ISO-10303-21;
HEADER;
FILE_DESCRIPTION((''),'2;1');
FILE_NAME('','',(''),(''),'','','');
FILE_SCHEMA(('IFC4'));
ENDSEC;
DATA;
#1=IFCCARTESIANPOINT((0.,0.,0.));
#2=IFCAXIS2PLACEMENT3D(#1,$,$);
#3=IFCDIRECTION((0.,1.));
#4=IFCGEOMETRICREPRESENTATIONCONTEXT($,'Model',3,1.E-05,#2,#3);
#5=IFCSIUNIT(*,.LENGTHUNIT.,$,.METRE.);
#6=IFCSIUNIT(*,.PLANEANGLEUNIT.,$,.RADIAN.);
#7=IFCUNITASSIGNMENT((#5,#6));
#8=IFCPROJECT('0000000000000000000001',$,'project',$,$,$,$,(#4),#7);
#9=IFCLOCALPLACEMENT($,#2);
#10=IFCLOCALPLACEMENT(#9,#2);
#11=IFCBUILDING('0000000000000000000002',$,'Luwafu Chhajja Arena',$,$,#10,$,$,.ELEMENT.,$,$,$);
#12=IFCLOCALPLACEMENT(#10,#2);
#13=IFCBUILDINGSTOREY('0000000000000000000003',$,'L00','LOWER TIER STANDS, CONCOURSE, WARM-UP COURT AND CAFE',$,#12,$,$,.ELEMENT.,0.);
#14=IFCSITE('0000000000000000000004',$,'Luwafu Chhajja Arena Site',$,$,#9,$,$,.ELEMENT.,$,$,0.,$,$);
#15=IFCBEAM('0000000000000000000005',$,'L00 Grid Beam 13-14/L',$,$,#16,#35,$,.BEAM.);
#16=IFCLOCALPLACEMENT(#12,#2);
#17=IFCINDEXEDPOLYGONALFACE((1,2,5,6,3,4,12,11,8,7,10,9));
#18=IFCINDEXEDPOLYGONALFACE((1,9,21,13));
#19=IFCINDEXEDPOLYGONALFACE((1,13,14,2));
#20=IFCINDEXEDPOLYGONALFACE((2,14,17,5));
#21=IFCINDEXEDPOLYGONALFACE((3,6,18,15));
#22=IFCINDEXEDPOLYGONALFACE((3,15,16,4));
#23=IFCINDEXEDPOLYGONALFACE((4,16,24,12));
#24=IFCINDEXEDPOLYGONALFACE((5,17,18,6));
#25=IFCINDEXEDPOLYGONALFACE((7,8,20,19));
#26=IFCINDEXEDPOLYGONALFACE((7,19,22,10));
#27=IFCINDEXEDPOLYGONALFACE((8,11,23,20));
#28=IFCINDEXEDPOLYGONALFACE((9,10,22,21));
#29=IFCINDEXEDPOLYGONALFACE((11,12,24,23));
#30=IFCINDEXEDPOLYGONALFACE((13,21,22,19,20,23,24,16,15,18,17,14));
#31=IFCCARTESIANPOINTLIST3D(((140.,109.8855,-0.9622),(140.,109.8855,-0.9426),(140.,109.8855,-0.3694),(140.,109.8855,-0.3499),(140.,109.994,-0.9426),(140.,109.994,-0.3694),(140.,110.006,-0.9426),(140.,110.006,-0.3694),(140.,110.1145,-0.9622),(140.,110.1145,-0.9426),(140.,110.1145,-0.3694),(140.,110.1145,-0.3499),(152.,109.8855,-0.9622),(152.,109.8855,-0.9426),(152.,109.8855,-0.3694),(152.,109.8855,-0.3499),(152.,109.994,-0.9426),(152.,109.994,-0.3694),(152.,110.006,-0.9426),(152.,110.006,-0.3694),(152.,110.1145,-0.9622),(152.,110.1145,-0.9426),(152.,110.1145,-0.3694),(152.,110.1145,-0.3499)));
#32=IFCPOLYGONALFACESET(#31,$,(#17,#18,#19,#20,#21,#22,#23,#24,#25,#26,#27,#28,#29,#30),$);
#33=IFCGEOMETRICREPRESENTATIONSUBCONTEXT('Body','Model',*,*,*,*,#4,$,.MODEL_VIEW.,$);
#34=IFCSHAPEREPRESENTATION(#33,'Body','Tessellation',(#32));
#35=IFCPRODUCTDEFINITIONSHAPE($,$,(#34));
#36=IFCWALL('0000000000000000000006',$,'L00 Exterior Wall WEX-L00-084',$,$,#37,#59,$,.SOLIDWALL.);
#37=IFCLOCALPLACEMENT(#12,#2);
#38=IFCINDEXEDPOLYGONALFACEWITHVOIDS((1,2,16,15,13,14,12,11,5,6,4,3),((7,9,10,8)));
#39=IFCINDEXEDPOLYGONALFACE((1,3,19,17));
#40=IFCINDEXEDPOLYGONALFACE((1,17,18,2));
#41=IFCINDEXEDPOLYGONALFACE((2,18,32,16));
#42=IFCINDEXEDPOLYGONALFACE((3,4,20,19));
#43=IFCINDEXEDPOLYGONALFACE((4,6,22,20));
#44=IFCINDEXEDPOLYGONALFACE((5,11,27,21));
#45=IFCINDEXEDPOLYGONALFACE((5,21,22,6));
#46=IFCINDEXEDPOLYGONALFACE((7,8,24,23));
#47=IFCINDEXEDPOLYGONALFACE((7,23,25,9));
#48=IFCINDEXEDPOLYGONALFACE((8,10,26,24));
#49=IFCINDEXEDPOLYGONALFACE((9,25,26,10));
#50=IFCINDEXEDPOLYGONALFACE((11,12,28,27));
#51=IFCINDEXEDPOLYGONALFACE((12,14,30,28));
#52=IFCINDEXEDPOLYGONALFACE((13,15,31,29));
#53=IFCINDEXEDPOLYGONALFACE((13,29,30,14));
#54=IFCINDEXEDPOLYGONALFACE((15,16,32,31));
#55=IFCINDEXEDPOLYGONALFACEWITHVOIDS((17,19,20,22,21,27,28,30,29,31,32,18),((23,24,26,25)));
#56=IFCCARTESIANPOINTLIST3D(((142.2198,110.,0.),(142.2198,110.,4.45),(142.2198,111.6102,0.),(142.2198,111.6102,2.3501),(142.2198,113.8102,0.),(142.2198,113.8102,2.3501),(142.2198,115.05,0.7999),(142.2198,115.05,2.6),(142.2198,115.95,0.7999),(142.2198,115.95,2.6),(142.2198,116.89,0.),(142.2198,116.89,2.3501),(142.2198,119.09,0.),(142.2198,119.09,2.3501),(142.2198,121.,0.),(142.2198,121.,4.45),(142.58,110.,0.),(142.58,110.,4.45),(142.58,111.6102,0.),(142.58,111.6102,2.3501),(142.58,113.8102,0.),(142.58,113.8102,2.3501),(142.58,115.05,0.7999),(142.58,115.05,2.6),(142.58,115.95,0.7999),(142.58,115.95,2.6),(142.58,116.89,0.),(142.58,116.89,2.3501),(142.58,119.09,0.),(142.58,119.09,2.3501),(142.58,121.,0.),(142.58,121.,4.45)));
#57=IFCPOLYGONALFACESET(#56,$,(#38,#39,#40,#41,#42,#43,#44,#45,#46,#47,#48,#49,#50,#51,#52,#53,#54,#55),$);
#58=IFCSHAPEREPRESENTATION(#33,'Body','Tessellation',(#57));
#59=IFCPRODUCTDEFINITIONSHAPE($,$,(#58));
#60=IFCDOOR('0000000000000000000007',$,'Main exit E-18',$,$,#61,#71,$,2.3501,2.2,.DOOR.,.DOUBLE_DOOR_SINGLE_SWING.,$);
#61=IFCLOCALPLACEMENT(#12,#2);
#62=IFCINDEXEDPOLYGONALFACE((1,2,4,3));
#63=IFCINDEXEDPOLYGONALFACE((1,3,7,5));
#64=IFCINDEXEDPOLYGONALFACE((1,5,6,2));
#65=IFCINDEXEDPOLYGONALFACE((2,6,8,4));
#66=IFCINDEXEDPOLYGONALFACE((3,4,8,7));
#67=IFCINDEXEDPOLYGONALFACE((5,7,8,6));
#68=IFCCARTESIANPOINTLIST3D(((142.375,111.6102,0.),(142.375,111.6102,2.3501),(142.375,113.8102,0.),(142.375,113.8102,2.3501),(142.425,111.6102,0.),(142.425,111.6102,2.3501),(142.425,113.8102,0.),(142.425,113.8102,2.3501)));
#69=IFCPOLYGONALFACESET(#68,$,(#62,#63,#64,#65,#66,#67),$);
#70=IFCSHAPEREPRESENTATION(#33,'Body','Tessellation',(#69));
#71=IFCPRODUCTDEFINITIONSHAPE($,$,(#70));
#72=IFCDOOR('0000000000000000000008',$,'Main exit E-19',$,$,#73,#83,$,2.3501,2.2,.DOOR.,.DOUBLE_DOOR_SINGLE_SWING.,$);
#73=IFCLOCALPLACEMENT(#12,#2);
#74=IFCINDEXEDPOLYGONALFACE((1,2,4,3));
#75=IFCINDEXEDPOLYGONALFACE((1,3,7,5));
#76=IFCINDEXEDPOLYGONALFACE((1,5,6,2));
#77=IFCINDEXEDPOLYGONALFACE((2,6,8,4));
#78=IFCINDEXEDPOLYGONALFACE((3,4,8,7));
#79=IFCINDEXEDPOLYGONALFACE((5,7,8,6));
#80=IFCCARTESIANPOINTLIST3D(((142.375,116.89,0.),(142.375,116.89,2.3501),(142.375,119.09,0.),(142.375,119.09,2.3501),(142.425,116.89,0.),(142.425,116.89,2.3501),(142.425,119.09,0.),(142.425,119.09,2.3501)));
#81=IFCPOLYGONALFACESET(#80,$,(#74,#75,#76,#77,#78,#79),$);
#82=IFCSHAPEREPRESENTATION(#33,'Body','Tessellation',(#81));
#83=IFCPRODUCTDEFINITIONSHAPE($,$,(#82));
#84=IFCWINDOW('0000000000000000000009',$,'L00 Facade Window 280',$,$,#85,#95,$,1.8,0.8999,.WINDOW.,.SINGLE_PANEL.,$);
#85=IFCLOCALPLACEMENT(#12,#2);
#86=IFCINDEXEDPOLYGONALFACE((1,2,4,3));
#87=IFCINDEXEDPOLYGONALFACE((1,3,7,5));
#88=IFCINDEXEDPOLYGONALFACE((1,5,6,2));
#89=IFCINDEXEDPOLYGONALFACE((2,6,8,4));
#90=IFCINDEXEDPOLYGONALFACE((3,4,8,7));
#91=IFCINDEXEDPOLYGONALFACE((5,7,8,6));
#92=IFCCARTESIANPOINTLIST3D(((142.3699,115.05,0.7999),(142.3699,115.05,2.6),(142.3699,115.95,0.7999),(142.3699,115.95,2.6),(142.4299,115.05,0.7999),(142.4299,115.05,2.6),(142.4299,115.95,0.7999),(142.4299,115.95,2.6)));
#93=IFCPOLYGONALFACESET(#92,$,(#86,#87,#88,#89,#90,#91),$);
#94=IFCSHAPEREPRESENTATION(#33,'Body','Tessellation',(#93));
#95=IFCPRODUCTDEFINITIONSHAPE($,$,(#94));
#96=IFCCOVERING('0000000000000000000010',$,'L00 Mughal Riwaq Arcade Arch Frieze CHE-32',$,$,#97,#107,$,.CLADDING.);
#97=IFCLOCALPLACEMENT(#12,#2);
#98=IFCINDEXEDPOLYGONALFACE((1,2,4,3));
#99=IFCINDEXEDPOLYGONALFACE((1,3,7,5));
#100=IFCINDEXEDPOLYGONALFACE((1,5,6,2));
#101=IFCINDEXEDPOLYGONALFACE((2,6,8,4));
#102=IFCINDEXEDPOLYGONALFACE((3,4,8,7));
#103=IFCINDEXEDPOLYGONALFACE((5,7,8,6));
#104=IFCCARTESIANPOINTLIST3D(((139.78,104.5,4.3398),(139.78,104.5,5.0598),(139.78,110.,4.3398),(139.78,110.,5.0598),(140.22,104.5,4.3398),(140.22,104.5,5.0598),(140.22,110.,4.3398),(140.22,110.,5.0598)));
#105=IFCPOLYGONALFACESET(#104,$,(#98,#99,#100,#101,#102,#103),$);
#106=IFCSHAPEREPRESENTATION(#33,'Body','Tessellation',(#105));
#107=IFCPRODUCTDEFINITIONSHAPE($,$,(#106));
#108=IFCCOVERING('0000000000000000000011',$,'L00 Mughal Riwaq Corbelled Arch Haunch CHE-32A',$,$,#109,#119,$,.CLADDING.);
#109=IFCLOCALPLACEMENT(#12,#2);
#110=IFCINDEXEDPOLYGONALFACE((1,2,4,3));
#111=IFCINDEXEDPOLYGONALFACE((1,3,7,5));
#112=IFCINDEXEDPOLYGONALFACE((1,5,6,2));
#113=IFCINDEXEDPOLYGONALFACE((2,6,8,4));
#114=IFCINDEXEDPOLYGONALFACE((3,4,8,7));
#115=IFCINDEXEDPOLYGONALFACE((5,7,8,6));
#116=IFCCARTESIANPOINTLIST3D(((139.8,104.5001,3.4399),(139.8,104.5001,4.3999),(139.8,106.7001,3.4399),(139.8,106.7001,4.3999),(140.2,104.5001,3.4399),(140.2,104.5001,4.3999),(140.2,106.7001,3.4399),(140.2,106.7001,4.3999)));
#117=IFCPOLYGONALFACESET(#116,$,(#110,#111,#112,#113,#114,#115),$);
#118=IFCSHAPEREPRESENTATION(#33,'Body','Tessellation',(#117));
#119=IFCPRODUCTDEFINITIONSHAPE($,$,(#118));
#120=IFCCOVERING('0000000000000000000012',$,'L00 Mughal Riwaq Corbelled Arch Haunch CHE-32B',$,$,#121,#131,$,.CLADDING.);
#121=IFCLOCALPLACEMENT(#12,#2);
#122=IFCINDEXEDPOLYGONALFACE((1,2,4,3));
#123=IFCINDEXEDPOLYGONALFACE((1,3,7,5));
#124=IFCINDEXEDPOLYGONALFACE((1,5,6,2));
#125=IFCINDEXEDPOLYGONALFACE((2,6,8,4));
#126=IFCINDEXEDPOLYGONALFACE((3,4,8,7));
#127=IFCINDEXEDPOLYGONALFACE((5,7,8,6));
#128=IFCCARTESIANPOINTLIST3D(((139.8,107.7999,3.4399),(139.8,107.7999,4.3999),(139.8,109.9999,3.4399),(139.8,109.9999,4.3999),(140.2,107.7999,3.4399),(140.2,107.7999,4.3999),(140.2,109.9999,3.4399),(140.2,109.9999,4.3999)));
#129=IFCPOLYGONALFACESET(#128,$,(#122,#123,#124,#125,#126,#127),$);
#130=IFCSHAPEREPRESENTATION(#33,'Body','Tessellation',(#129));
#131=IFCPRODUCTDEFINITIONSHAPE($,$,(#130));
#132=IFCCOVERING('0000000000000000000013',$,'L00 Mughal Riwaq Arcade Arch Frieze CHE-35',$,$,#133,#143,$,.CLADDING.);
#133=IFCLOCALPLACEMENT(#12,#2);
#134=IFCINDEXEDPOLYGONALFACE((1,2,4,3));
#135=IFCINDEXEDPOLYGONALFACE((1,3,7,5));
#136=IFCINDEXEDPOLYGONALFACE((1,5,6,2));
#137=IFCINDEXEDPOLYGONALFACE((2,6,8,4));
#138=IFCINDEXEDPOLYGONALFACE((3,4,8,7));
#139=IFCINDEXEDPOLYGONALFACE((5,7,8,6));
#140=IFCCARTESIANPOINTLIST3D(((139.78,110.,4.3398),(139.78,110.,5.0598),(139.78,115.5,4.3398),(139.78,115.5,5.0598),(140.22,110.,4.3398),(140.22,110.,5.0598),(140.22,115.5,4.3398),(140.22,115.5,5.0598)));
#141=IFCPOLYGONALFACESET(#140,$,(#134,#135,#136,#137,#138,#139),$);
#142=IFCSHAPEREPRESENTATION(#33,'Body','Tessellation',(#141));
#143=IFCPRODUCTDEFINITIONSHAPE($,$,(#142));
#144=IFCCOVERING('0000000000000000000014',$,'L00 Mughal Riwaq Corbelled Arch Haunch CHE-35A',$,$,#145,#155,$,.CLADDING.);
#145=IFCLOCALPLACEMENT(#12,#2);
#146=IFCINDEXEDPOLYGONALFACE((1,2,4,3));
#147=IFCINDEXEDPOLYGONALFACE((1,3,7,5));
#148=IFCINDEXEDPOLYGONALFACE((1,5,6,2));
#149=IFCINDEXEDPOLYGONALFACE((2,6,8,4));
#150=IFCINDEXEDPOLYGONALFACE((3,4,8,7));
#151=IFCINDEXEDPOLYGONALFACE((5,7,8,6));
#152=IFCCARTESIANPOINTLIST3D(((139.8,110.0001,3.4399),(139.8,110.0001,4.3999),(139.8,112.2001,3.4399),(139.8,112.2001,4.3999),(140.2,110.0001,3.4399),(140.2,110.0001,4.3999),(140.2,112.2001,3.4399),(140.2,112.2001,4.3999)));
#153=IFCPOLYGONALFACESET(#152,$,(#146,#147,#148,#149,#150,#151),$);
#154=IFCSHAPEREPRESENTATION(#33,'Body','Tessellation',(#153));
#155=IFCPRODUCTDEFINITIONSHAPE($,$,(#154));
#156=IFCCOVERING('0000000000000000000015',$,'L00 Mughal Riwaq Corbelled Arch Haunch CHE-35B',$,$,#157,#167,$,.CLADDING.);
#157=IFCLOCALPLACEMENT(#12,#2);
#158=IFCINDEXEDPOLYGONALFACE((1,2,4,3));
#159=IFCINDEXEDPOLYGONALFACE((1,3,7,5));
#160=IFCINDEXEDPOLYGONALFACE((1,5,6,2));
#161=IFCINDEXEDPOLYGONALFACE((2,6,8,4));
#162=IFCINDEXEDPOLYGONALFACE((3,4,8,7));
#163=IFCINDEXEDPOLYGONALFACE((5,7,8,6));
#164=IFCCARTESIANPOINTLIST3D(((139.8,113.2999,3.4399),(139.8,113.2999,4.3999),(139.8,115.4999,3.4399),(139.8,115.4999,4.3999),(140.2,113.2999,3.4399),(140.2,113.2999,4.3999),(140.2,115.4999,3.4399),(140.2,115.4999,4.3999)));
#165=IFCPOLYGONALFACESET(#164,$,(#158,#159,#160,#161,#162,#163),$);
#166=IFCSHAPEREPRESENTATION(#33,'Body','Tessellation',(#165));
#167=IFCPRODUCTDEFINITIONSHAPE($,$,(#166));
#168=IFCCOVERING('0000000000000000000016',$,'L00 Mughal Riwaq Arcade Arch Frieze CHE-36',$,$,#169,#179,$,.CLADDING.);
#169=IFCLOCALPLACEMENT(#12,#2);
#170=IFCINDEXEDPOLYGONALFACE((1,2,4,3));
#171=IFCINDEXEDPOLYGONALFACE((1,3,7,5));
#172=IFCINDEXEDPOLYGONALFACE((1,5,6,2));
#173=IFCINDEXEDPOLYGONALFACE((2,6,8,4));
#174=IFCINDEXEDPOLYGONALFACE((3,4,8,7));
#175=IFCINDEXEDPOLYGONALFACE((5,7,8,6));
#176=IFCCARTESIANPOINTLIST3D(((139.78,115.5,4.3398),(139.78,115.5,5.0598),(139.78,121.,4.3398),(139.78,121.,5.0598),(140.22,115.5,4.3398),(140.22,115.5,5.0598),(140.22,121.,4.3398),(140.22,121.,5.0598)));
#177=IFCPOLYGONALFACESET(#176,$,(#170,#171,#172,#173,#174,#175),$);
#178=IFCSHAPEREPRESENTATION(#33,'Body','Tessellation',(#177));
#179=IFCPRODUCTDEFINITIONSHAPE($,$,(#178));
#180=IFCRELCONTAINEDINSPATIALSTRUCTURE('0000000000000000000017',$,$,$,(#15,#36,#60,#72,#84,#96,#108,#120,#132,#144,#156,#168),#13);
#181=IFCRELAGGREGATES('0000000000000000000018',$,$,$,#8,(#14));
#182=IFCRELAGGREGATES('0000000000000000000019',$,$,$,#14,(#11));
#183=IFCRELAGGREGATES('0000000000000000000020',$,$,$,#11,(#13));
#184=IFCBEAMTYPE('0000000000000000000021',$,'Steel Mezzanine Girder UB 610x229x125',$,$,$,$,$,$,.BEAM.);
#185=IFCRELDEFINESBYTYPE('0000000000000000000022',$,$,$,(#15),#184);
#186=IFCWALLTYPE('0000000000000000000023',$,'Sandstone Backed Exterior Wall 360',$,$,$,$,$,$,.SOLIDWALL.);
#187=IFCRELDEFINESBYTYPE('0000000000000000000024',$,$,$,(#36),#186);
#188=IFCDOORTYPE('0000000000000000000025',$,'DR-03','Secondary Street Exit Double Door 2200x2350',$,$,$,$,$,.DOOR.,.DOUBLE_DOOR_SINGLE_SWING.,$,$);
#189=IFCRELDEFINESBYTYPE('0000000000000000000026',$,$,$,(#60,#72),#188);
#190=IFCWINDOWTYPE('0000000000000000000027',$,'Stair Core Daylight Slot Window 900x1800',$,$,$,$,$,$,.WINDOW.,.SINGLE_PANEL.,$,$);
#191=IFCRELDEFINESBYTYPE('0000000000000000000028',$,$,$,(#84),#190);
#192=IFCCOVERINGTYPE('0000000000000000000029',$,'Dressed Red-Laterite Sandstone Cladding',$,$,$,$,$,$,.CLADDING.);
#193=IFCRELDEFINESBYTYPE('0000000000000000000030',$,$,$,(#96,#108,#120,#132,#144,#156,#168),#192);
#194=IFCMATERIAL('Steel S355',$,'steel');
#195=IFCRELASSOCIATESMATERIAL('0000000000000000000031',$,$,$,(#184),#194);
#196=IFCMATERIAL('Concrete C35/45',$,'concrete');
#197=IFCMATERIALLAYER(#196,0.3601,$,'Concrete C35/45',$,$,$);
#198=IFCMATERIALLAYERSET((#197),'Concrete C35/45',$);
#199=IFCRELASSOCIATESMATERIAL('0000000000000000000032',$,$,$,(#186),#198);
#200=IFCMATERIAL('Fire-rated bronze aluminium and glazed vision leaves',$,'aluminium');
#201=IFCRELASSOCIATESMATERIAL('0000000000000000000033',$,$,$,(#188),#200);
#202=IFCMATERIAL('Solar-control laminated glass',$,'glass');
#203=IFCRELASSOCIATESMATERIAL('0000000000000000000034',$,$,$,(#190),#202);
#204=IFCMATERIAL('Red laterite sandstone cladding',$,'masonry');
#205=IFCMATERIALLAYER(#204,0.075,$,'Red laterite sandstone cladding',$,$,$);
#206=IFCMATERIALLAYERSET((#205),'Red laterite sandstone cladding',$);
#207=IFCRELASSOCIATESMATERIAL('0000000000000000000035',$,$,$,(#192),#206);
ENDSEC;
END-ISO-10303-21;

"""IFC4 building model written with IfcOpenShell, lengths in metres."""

from ifc_helpers import new_model, si_unit, direction, frame, frame_2d, origin, origin_2d, place, context, subcontext, project, spatial, rectangle, i_section, extrude, material, layer, layer_set, material_profile, profile_set, type_object, element, fill, save


model = new_model("IFC4")

# Units and contexts
model_context = context("Model", 3, precision=1e-05, world=origin(), true_north=direction((0.0, 1.0)))
body_context = subcontext(model_context, "Body", "Model", "MODEL_VIEW")
ifc_project = project(units=[si_unit("LENGTHUNIT", "METRE"), si_unit("PLANEANGLEUNIT", "RADIAN")], contexts=[model_context])

# Site, building, storey
site_placement = place(None, origin())
site = spatial("IfcSite", under=ifc_project, at=site_placement, Name="Luwafu Chhajja Arena Site", CompositionType="ELEMENT", RefElevation=0.0)
building_placement = place(site_placement, origin())
building = spatial("IfcBuilding", under=site, at=building_placement, Name="Luwafu Chhajja Arena", CompositionType="ELEMENT")
storey_placement = place(building_placement, origin())
storey = spatial("IfcBuildingStorey", under=building, at=storey_placement, Name="L00", Description="LOWER TIER STANDS, CONCOURSE, WARM-UP COURT AND CAFE", CompositionType="ELEMENT", Elevation=0.0)

# Shared definitions
ifc_material_1 = material(Name="Concrete C35/45", Category="concrete")

# Beam
ifc_material_2 = material(Name="Steel S355", Category="steel")
ifc_material_profile_1 = material_profile(ifc_material_2, i_section(OverallWidth=0.229, OverallDepth=0.6123, WebThickness=0.012, FlangeThickness=0.0195, at=origin_2d()), Name="UB 610x229x125")
ifc_profile_set_1 = profile_set([ifc_material_profile_1], Name="Steel S355")
beam_type_1 = type_object("IfcBeamType", Name="Steel Mezzanine Girder UB 610x229x125", PredefinedType="BEAM", material=ifc_profile_set_1)
beam_1_placement = place(storey_placement, frame((140.0, 110.0, -0.656), z_axis=(1.0, 0.0, 0.0), x_axis=(0.0, 1.0, 0.0)))
element("IfcBeam", 1, at=beam_1_placement, inside=storey, type_object=beam_type_1, Name="L00 Grid Beam 13-14/L", PredefinedType="BEAM", context=body_context, shape_type="SweptSolid", body=[
    extrude(i_section(OverallWidth=0.229, OverallDepth=0.6123, WebThickness=0.012, FlangeThickness=0.0195, at=origin_2d()), origin(), (0.0, 0.0, 1.0), 12.0),
])

# Wall, openings, doors, window
ifc_layer_1 = layer(ifc_material_1, 0.3601, Name="Concrete C35/45")
ifc_layer_set_1 = layer_set([ifc_layer_1], Name="Concrete C35/45")
wall_type = type_object("IfcWallType", Name="Sandstone Backed Exterior Wall 360", PredefinedType="SOLIDWALL", material=ifc_layer_set_1)
wall_placement = place(storey_placement, frame((142.3999, 110.0, 0.0), z_axis=(0.0, 0.0, 1.0), x_axis=(0.0, 1.0, 0.0)))
wall = element("IfcWall", 2, at=wall_placement, inside=storey, type_object=wall_type, Name="L00 Exterior Wall WEX-L00-084", PredefinedType="SOLIDWALL", context=body_context, shape_type="SweptSolid", body=[
    extrude(rectangle(XDim=11.0, YDim=0.3601, at=frame_2d((5.5, 0.0))), origin(), (0.0, 0.0, 1.0), 4.45),
])
opening_1_placement = place(wall_placement, frame((1.6101, 0.0, 0.0)))
opening_1 = element("IfcOpeningElement", 3, at=opening_1_placement, cuts=wall, PredefinedType="OPENING", context=body_context, shape_type="SweptSolid", body=[
    extrude(rectangle(XDim=2.2, YDim=2.3501, at=frame_2d((1.1001, 1.175))), frame((0.0, 0.1899, 0.0), z_axis=(0.0, -1.0, 0.0), x_axis=(1.0, 0.0, 0.0)), (0.0, 0.0, 1.0), 0.3801),
])
opening_2_placement = place(wall_placement, frame((6.8899, 0.0, 0.0)))
opening_2 = element("IfcOpeningElement", 4, at=opening_2_placement, cuts=wall, PredefinedType="OPENING", context=body_context, shape_type="SweptSolid", body=[
    extrude(rectangle(XDim=2.2, YDim=2.3501, at=frame_2d((1.1001, 1.175))), frame((0.0, 0.1899, 0.0), z_axis=(0.0, -1.0, 0.0), x_axis=(1.0, 0.0, 0.0)), (0.0, 0.0, 1.0), 0.3801),
])
opening_3_placement = place(wall_placement, frame((5.05, 0.0, 0.8)))
opening_3 = element("IfcOpeningElement", 5, at=opening_3_placement, cuts=wall, PredefinedType="OPENING", context=body_context, shape_type="SweptSolid", body=[
    extrude(rectangle(XDim=0.8999, YDim=1.8, at=frame_2d((0.45, 0.8999))), frame((0.0, 0.1899, 0.0), z_axis=(0.0, -1.0, 0.0), x_axis=(1.0, 0.0, 0.0)), (0.0, 0.0, 1.0), 0.3801),
])
ifc_material_3 = material(Name="Fire-rated bronze aluminium and glazed vision leaves", Category="aluminium")
door_type = type_object("IfcDoorType", Name="DR-03", Description="Secondary Street Exit Double Door 2200x2350", OperationType="DOUBLE_DOOR_SINGLE_SWING", PredefinedType="DOOR", material=ifc_material_3)
door_1_placement = place(opening_1_placement, origin())
door_1 = element("IfcDoor", 6, at=door_1_placement, inside=storey, type_object=door_type, Name="Main exit E-18", OperationType="DOUBLE_DOOR_SINGLE_SWING", OverallHeight=2.3501, OverallWidth=2.2, PredefinedType="DOOR", context=body_context, shape_type="SweptSolid", body=[
    extrude(rectangle(XDim=2.2, YDim=2.3501, at=frame_2d((1.1001, 1.175))), frame((0.0, 0.0249, 0.0), z_axis=(0.0, -1.0, 0.0), x_axis=(1.0, 0.0, 0.0)), (0.0, 0.0, 1.0), 0.05),
])
fill(opening_1, door_1)
door_2_placement = place(opening_2_placement, origin())
door_2 = element("IfcDoor", 7, at=door_2_placement, inside=storey, type_object=door_type, Name="Main exit E-19", OperationType="DOUBLE_DOOR_SINGLE_SWING", OverallHeight=2.3501, OverallWidth=2.2, PredefinedType="DOOR", context=body_context, shape_type="SweptSolid", body=[
    extrude(rectangle(XDim=2.2, YDim=2.3501, at=frame_2d((1.1001, 1.175))), frame((0.0, 0.0249, 0.0), z_axis=(0.0, -1.0, 0.0), x_axis=(1.0, 0.0, 0.0)), (0.0, 0.0, 1.0), 0.05),
])
fill(opening_2, door_2)
ifc_material_4 = material(Name="Solar-control laminated glass", Category="glass")
window_type = type_object("IfcWindowType", Name="Stair Core Daylight Slot Window 900x1800", PartitioningType="SINGLE_PANEL", PredefinedType="WINDOW", material=ifc_material_4)
window_placement = place(opening_3_placement, origin())
window = element("IfcWindow", 8, at=window_placement, inside=storey, type_object=window_type, Name="L00 Facade Window 280", OverallHeight=1.8, OverallWidth=0.8999, PartitioningType="SINGLE_PANEL", PredefinedType="WINDOW", context=body_context, shape_type="SweptSolid", body=[
    extrude(rectangle(XDim=0.8999, YDim=1.8, at=frame_2d((0.45, 0.8999))), frame((0.0, 0.03, 0.0), z_axis=(0.0, -1.0, 0.0), x_axis=(1.0, 0.0, 0.0)), (0.0, 0.0, 1.0), 0.0601),
])
fill(opening_3, window)

# Coverings
ifc_material_5 = material(Name="Red laterite sandstone cladding", Category="masonry")
ifc_layer_2 = layer(ifc_material_5, 0.075, Name="Red laterite sandstone cladding")
ifc_layer_set_2 = layer_set([ifc_layer_2], Name="Red laterite sandstone cladding")
covering_type = type_object("IfcCoveringType", Name="Dressed Red-Laterite Sandstone Cladding", PredefinedType="CLADDING", material=ifc_layer_set_2)
covering_1_placement = place(storey_placement, frame((140.0, 107.25, 4.3398), z_axis=(0.0, 0.0, 1.0), x_axis=(0.0, 1.0, 0.0)))
element("IfcCovering", 9, at=covering_1_placement, inside=storey, type_object=covering_type, Name="L00 Mughal Riwaq Arcade Arch Frieze CHE-32", PredefinedType="CLADDING", context=body_context, shape_type="SweptSolid", body=[
    extrude(rectangle(XDim=5.5, YDim=0.4399, at=origin_2d()), origin(), (0.0, 0.0, 1.0), 0.72),
])
for number, where, z_axis, x_axis, name in (
    (10, (140.0, 105.6001, 3.4399), (0.0, 0.0, 1.0), (0.0, 1.0, 0.0), "L00 Mughal Riwaq Corbelled Arch Haunch CHE-32A"),
    (11, (140.0, 108.8999, 3.4399), (0.0, 0.0, 1.0), (0.0, 1.0, 0.0), "L00 Mughal Riwaq Corbelled Arch Haunch CHE-32B"),
):
    element("IfcCovering", number, at=place(storey_placement, frame(where, z_axis=z_axis, x_axis=x_axis)), inside=storey, type_object=covering_type, Name=name, PredefinedType="CLADDING", context=body_context, shape_type="SweptSolid", body=[
        extrude(rectangle(XDim=2.2, YDim=0.3999, at=origin_2d()), origin(), (0.0, 0.0, 1.0), 0.96),
    ])
covering_2_placement = place(storey_placement, frame((140.0, 112.75, 4.3398), z_axis=(0.0, 0.0, 1.0), x_axis=(0.0, 1.0, 0.0)))
element("IfcCovering", 12, at=covering_2_placement, inside=storey, type_object=covering_type, Name="L00 Mughal Riwaq Arcade Arch Frieze CHE-35", PredefinedType="CLADDING", context=body_context, shape_type="SweptSolid", body=[
    extrude(rectangle(XDim=5.5, YDim=0.4399, at=origin_2d()), origin(), (0.0, 0.0, 1.0), 0.72),
])
for number, where, z_axis, x_axis, name in (
    (13, (140.0, 111.1001, 3.4399), (0.0, 0.0, 1.0), (0.0, 1.0, 0.0), "L00 Mughal Riwaq Corbelled Arch Haunch CHE-35A"),
    (14, (140.0, 114.3999, 3.4399), (0.0, 0.0, 1.0), (0.0, 1.0, 0.0), "L00 Mughal Riwaq Corbelled Arch Haunch CHE-35B"),
):
    element("IfcCovering", number, at=place(storey_placement, frame(where, z_axis=z_axis, x_axis=x_axis)), inside=storey, type_object=covering_type, Name=name, PredefinedType="CLADDING", context=body_context, shape_type="SweptSolid", body=[
        extrude(rectangle(XDim=2.2, YDim=0.3999, at=origin_2d()), origin(), (0.0, 0.0, 1.0), 0.96),
    ])
covering_3_placement = place(storey_placement, frame((140.0, 118.25, 4.3398), z_axis=(0.0, 0.0, 1.0), x_axis=(0.0, 1.0, 0.0)))
element("IfcCovering", 15, at=covering_3_placement, inside=storey, type_object=covering_type, Name="L00 Mughal Riwaq Arcade Arch Frieze CHE-36", PredefinedType="CLADDING", context=body_context, shape_type="SweptSolid", body=[
    extrude(rectangle(XDim=5.5, YDim=0.4399, at=origin_2d()), origin(), (0.0, 0.0, 1.0), 0.72),
])

save(model, "model.ifc")
